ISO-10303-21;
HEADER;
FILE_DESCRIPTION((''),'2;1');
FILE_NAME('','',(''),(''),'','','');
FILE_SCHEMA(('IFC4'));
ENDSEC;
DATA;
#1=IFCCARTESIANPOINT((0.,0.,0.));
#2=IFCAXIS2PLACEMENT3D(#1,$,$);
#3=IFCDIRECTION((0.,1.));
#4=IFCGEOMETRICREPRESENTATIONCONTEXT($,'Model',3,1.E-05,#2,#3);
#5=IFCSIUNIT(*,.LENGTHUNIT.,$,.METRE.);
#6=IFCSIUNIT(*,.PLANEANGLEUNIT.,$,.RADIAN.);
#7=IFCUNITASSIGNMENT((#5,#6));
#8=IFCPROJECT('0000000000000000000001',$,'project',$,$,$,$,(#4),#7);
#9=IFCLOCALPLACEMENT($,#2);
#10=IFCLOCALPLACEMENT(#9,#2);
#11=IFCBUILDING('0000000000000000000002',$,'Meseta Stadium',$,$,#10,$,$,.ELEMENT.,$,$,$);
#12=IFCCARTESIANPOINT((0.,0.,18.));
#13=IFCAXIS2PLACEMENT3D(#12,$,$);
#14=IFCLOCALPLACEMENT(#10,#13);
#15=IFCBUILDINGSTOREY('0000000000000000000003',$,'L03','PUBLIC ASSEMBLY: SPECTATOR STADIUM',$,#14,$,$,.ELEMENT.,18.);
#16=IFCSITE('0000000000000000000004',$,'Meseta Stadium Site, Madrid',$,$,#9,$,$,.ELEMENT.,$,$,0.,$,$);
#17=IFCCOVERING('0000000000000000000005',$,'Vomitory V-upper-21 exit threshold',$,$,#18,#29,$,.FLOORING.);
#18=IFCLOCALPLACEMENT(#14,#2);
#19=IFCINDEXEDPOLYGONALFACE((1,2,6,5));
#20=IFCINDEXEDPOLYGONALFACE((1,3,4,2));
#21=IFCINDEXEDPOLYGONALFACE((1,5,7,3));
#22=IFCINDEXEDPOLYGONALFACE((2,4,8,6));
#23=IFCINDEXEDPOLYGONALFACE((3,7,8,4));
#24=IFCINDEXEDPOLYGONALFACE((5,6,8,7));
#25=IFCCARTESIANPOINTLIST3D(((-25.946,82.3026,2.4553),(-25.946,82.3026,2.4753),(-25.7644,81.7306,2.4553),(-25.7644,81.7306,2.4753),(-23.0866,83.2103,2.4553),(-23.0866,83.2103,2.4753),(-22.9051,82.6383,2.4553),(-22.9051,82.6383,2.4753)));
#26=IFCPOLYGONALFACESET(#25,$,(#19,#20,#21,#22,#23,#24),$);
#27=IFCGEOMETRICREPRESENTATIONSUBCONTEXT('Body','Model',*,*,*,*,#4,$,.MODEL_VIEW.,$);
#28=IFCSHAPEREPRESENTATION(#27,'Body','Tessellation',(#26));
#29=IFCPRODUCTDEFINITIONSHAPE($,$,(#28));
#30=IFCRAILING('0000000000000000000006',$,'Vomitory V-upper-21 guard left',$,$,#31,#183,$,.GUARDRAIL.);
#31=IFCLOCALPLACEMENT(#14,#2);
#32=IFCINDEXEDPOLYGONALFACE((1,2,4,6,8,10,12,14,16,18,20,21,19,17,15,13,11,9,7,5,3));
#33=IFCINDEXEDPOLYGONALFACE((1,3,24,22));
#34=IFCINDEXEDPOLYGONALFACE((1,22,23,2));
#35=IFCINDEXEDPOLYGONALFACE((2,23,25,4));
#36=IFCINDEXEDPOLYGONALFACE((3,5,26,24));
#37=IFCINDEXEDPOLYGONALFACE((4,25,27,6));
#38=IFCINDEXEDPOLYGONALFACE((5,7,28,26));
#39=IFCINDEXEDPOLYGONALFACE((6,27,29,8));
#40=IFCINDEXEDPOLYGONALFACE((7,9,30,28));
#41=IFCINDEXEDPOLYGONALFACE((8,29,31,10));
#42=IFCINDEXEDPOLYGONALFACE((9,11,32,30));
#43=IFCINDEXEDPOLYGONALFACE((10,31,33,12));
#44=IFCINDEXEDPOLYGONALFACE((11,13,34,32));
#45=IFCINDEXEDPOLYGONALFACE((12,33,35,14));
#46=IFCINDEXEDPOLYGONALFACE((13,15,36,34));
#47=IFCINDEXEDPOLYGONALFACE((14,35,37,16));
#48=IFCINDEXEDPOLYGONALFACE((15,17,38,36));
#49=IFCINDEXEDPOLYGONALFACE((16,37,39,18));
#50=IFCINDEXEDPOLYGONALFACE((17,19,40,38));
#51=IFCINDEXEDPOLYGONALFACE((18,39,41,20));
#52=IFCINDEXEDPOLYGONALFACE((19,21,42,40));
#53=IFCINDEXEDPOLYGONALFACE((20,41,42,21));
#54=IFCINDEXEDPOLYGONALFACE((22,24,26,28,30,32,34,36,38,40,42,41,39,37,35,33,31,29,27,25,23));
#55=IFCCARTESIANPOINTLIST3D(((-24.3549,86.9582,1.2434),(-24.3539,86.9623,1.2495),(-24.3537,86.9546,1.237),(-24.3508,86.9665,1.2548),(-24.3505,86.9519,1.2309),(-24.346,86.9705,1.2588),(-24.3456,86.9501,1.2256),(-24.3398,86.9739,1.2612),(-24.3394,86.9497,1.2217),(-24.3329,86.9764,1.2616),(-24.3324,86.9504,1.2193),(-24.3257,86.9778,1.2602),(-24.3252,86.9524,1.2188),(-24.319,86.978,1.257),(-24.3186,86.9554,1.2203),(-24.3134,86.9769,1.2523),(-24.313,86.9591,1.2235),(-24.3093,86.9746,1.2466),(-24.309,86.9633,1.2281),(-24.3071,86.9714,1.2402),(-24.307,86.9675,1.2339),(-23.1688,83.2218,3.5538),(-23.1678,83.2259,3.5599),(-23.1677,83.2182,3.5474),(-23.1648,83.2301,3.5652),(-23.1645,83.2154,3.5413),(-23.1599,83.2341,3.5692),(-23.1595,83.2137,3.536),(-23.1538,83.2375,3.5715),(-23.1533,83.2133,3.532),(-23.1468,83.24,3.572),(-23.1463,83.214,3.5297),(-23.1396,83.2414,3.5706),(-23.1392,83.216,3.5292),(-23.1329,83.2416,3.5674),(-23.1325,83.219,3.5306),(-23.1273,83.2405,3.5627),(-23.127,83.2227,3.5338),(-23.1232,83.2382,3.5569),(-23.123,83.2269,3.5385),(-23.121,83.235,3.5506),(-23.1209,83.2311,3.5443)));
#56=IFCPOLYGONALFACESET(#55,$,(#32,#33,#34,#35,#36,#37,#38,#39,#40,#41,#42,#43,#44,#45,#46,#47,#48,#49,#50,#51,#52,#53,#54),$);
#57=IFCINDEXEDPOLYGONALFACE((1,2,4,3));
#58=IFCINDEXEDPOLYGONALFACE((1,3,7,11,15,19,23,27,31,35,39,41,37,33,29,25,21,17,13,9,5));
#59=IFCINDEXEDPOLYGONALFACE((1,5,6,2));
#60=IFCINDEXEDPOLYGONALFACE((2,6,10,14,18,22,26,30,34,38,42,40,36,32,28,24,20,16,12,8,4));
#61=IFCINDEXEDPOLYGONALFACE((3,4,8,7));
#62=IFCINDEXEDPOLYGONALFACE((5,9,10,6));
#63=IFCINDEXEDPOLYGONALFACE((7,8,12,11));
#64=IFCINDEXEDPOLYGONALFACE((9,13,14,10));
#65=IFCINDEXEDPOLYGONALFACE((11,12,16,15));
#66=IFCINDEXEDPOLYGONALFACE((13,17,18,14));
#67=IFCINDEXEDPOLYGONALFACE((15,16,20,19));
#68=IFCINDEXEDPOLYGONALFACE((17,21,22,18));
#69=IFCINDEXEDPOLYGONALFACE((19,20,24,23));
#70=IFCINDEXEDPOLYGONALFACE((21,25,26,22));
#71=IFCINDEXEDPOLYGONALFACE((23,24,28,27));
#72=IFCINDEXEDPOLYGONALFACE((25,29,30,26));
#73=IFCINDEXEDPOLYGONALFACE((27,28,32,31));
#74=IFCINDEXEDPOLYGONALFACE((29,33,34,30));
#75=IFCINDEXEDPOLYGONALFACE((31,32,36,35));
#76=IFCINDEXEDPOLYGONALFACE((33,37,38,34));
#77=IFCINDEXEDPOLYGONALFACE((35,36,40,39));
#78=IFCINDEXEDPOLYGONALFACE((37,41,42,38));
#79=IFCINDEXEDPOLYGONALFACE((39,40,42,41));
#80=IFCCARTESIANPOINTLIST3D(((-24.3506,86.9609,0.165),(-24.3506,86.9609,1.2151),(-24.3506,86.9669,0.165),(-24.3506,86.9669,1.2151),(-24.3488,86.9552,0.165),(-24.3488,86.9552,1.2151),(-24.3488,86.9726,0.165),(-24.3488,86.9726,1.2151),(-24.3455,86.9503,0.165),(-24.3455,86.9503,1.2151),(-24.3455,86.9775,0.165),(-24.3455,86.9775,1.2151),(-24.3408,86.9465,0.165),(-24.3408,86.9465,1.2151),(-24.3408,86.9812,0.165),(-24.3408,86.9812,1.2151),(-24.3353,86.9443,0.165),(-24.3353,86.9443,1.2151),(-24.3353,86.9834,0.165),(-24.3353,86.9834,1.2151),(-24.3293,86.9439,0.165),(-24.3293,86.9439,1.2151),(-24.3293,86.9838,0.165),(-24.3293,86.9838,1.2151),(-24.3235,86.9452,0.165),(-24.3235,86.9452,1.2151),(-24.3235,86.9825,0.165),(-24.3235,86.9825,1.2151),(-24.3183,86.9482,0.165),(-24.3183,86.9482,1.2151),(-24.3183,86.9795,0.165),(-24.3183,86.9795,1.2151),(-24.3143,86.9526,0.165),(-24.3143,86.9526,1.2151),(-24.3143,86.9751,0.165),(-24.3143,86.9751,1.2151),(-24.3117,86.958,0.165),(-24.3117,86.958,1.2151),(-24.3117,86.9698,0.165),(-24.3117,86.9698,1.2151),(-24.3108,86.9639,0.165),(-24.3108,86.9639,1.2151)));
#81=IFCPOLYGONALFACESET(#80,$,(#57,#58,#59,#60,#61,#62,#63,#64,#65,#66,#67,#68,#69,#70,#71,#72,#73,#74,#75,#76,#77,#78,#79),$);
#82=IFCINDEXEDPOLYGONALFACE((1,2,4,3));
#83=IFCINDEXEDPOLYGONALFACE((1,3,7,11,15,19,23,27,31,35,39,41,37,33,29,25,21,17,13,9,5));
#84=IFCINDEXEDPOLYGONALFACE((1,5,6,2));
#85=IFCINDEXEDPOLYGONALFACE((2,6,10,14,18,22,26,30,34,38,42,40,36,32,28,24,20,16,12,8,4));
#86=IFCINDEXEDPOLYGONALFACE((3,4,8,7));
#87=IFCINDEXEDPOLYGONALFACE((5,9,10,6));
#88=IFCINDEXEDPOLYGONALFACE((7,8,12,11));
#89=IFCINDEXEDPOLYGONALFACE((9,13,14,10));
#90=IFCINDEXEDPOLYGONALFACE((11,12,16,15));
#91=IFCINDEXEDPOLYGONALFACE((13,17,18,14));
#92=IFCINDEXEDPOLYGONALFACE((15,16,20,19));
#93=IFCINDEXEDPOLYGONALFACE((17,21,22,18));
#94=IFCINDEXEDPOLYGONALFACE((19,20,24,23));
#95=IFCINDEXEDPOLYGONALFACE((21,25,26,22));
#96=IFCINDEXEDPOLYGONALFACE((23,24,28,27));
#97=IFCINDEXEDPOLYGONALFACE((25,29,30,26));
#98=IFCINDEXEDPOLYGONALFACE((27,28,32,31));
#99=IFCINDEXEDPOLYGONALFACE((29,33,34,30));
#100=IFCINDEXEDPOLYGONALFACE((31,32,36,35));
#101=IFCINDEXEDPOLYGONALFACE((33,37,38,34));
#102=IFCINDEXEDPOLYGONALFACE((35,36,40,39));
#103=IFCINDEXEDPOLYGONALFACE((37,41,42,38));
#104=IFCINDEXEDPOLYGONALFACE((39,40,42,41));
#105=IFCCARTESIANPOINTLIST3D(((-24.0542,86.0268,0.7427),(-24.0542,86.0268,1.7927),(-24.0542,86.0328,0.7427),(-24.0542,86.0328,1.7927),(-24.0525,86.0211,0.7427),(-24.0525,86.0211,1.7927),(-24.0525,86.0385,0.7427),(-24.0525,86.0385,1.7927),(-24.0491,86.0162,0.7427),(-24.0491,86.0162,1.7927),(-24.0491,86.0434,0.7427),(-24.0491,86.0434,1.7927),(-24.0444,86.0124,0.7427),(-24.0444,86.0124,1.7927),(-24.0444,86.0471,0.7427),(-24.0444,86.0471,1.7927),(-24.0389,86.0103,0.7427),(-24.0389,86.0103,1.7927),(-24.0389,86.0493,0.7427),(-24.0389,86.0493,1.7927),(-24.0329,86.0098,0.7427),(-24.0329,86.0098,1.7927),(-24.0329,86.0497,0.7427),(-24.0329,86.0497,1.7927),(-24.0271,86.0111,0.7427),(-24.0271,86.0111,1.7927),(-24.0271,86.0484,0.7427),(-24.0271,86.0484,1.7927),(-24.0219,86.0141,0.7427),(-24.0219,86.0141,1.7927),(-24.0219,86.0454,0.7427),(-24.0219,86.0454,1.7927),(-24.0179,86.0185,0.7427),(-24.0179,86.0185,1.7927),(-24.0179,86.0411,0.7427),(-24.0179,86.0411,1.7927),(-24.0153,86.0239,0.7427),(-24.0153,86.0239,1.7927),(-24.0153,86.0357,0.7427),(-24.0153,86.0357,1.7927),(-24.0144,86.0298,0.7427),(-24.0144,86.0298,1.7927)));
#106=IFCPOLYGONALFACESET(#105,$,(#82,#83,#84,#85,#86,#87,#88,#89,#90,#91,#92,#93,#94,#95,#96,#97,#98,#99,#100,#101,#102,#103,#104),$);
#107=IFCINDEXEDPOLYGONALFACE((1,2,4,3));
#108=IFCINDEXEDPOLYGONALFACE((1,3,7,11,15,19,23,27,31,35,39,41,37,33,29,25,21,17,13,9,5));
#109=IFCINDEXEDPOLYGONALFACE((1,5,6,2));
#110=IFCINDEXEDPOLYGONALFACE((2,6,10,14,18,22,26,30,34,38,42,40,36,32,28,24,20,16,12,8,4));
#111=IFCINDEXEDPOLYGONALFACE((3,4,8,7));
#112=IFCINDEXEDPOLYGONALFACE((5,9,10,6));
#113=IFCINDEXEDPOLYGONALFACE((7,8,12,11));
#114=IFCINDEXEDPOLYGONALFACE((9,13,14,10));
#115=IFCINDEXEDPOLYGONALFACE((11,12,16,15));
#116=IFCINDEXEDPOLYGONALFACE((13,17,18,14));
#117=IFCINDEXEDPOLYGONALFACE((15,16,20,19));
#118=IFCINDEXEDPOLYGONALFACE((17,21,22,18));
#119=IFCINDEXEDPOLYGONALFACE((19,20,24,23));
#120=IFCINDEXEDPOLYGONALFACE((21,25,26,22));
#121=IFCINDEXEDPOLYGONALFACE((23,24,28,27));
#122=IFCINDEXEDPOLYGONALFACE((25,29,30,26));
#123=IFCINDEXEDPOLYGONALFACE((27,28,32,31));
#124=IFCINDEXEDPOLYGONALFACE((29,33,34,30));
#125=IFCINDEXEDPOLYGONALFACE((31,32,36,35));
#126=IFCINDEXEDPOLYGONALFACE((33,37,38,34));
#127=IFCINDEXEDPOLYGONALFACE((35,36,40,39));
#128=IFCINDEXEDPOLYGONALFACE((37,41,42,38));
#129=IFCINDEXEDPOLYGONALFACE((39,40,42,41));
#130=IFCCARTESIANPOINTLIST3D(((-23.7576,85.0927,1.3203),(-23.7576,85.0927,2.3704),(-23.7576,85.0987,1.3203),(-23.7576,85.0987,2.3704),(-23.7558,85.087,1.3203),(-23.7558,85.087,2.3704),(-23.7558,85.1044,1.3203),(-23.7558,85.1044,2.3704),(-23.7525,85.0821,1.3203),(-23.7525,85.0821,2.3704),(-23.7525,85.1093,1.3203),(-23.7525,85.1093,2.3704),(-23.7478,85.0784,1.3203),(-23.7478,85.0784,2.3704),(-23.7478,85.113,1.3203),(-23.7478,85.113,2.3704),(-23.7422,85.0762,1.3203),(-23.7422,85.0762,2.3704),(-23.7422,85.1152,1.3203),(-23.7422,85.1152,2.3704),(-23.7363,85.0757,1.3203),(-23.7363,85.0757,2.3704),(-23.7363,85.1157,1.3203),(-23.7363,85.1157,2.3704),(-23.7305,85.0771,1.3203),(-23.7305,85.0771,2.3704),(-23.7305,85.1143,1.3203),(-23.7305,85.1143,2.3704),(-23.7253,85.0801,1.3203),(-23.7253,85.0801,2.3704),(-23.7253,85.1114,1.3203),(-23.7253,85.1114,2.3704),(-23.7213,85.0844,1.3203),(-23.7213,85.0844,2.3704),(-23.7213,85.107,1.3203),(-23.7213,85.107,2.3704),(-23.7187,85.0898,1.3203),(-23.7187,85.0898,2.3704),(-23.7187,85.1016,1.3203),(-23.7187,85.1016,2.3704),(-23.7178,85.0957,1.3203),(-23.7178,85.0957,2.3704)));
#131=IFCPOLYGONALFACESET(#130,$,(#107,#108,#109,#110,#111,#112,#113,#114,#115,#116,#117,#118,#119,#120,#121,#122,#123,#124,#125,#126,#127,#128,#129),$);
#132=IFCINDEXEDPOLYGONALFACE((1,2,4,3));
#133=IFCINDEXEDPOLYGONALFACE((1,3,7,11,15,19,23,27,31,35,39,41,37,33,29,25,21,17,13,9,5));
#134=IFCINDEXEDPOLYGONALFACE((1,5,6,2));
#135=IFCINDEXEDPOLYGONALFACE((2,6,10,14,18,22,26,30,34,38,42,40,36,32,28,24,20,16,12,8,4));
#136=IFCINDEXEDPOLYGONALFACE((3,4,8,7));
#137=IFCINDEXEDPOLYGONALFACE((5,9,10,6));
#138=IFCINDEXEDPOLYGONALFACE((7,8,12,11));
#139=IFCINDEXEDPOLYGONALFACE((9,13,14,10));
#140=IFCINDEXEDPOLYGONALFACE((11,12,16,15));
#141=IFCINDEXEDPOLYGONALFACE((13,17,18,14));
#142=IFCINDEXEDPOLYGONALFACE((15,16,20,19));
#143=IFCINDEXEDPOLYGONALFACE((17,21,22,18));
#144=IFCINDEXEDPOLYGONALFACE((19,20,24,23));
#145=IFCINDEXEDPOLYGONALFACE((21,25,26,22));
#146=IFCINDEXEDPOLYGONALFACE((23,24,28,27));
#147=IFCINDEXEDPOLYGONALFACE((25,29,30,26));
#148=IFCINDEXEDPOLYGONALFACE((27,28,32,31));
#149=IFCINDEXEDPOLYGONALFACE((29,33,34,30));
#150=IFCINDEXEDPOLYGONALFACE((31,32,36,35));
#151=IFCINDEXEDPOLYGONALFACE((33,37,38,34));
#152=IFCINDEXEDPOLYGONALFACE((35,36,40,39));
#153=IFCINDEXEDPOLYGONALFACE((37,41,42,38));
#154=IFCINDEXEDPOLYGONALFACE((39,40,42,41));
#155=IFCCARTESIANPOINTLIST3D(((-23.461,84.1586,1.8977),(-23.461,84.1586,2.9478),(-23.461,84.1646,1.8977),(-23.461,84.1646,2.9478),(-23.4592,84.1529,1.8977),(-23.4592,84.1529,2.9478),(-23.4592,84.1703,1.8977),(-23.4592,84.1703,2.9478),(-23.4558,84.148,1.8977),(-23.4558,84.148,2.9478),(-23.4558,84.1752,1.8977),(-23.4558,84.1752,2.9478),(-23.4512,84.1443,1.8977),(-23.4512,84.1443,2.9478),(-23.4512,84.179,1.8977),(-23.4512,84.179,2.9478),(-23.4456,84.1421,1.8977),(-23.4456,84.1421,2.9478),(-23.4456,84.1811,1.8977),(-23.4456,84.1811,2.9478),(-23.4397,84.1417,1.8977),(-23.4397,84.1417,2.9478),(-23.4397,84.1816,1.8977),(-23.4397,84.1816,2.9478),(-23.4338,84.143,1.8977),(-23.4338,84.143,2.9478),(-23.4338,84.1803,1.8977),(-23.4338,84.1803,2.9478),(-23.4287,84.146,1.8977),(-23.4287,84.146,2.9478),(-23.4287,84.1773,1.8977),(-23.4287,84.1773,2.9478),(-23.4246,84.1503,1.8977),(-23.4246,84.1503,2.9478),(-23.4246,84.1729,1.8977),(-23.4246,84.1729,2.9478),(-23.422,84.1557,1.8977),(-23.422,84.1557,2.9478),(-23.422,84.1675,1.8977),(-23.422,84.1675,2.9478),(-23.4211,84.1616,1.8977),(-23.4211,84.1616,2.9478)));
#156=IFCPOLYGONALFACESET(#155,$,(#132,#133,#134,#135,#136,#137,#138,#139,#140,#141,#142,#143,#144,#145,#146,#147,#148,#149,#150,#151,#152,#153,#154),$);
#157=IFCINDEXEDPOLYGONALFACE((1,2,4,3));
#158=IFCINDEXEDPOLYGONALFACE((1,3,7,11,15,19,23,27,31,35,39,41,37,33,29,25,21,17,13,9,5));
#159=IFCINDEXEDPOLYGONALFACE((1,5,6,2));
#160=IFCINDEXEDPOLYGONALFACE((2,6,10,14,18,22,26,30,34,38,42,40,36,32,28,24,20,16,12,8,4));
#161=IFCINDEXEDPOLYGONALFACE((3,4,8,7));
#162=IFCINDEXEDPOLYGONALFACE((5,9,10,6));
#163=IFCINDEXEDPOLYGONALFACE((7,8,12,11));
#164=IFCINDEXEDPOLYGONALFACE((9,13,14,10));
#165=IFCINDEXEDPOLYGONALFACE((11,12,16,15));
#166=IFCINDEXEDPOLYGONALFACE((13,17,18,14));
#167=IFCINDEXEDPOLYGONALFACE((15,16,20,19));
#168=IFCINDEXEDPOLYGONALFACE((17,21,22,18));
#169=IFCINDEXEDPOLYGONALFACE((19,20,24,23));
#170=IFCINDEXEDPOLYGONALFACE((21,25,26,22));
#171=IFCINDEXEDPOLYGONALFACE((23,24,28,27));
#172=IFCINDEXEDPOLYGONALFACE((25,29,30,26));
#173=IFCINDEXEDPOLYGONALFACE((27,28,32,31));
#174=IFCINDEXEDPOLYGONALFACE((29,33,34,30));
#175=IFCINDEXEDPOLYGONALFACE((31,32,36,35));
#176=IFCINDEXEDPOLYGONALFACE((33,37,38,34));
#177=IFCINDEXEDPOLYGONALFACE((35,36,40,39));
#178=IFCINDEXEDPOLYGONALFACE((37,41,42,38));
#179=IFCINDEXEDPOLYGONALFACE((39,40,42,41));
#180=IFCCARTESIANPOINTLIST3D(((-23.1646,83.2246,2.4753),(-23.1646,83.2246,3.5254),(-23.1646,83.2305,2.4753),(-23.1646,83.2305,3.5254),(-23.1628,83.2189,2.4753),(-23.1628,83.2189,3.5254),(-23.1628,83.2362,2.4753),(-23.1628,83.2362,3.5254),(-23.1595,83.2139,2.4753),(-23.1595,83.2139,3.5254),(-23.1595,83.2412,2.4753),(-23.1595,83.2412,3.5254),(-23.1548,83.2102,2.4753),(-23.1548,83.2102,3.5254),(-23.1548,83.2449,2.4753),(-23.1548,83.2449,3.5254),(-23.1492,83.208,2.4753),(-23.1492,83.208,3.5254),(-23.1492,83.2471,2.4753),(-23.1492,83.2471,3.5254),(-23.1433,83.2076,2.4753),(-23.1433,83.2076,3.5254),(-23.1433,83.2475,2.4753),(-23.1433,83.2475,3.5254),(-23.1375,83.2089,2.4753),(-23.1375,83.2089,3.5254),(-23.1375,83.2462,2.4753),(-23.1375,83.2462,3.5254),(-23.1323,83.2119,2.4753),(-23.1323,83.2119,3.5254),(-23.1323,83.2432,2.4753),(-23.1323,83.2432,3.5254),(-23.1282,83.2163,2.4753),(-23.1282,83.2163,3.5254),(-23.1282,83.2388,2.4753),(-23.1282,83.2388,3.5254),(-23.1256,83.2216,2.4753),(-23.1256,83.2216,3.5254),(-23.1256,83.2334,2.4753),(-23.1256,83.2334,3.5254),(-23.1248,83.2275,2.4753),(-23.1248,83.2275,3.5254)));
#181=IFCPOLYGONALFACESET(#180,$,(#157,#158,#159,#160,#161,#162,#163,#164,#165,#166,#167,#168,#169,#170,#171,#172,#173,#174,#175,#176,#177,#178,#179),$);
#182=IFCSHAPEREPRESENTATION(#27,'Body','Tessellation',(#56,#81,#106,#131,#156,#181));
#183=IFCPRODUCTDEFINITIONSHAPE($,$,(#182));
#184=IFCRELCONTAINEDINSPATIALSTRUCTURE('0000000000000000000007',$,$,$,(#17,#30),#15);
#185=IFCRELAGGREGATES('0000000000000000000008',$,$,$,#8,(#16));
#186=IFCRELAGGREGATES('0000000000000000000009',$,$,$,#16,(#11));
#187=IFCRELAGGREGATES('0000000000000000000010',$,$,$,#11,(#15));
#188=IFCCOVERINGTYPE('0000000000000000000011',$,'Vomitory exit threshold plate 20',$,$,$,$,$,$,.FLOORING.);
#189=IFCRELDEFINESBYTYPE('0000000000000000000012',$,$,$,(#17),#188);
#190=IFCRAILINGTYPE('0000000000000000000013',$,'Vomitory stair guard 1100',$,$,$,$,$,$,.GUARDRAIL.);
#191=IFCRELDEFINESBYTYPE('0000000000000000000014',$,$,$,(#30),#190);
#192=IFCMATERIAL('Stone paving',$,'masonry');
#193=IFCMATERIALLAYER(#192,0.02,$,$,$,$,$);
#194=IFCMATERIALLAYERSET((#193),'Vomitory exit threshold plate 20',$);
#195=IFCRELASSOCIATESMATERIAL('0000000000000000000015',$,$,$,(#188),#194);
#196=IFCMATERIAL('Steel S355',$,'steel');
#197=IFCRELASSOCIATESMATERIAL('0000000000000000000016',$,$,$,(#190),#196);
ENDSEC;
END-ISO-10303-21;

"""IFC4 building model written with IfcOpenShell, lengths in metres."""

from ifc_helpers import new_model, si_unit, direction, frame, origin, origin_2d, place, context, subcontext, project, spatial, rectangle, circle, extrude, material, layer, layer_set, type_object, element, save


model = new_model("IFC4")

# Units and contexts
model_context = context("Model", 3, precision=1e-05, world=origin(), true_north=direction((0.0, 1.0)))
body_context = subcontext(model_context, "Body", "Model", "MODEL_VIEW")
ifc_project = project(units=[si_unit("LENGTHUNIT", "METRE"), si_unit("PLANEANGLEUNIT", "RADIAN")], contexts=[model_context])

# Site, building, storey
site_placement = place(None, origin())
site = spatial("IfcSite", under=ifc_project, at=site_placement, Name="Meseta Stadium Site, Madrid", CompositionType="ELEMENT", RefElevation=0.0)
building_placement = place(site_placement, origin())
building = spatial("IfcBuilding", under=site, at=building_placement, Name="Meseta Stadium", CompositionType="ELEMENT")
storey_placement = place(building_placement, frame((0.0, 0.0, 18.0)))
storey = spatial("IfcBuildingStorey", under=building, at=storey_placement, Name="L03", Description="PUBLIC ASSEMBLY: SPECTATOR STADIUM", CompositionType="ELEMENT", Elevation=18.0)

# Covering
ifc_material_1 = material(Name="Stone paving", Category="masonry")
ifc_layer_1 = layer(ifc_material_1, 0.02)
ifc_layer_set_1 = layer_set([ifc_layer_1], Name="Vomitory exit threshold plate 20")
covering_type = type_object("IfcCoveringType", Name="Vomitory exit threshold plate 20", PredefinedType="FLOORING", material=ifc_layer_set_1)
covering_placement = place(storey_placement, frame((-24.4255, 82.4705, 2.4553), z_axis=(0.0, 0.0, 1.0), x_axis=(0.30258, -0.953124, 0.0)))
element("IfcCovering", 1, at=covering_placement, inside=storey, type_object=covering_type, Name="Vomitory V-upper-21 exit threshold", PredefinedType="FLOORING", context=body_context, shape_type="SweptSolid", body=[
    extrude(rectangle(XDim=0.6001, YDim=3.0, at=origin_2d()), origin(), (0.0, 0.0, 1.0), 0.02),
])

# Railing
ifc_material_2 = material(Name="Steel S355", Category="steel")
railing_type_1 = type_object("IfcRailingType", Name="Vomitory stair guard 1100", PredefinedType="GUARDRAIL", material=ifc_material_2)
railing_1_placement = place(storey_placement, frame((-24.3308, 86.9639, 0.165)))
element("IfcRailing", 2, at=railing_1_placement, inside=storey, type_object=railing_type_1, Name="Vomitory V-upper-21 guard left", PredefinedType="GUARDRAIL", context=body_context, shape_type="SweptSolid", body=[
    extrude(circle(Radius=0.0249, at=origin_2d()), frame((0.0, 0.0, 1.0752), z_axis=(0.260656, -0.821135, 0.507736), x_axis=(0.953132, 0.302556, 0.0)), (0.0, 0.0, 1.0), 4.5503),
    extrude(circle(Radius=0.02, at=origin_2d()), origin(), (0.0, 0.0, 1.0), 1.05),
    extrude(circle(Radius=0.02, at=origin_2d()), frame((0.2964, -0.9341, 0.5776)), (0.0, 0.0, 1.0), 1.05),
    extrude(circle(Radius=0.02, at=origin_2d()), frame((0.593, -1.8682, 1.1553)), (0.0, 0.0, 1.0), 1.05),
    extrude(circle(Radius=0.02, at=origin_2d()), frame((0.8896, -2.8022, 1.7327)), (0.0, 0.0, 1.0), 1.05),
    extrude(circle(Radius=0.02, at=origin_2d()), frame((1.186, -3.7363, 2.3103)), (0.0, 0.0, 1.0), 1.05),
])

save(model, "model.ifc")
